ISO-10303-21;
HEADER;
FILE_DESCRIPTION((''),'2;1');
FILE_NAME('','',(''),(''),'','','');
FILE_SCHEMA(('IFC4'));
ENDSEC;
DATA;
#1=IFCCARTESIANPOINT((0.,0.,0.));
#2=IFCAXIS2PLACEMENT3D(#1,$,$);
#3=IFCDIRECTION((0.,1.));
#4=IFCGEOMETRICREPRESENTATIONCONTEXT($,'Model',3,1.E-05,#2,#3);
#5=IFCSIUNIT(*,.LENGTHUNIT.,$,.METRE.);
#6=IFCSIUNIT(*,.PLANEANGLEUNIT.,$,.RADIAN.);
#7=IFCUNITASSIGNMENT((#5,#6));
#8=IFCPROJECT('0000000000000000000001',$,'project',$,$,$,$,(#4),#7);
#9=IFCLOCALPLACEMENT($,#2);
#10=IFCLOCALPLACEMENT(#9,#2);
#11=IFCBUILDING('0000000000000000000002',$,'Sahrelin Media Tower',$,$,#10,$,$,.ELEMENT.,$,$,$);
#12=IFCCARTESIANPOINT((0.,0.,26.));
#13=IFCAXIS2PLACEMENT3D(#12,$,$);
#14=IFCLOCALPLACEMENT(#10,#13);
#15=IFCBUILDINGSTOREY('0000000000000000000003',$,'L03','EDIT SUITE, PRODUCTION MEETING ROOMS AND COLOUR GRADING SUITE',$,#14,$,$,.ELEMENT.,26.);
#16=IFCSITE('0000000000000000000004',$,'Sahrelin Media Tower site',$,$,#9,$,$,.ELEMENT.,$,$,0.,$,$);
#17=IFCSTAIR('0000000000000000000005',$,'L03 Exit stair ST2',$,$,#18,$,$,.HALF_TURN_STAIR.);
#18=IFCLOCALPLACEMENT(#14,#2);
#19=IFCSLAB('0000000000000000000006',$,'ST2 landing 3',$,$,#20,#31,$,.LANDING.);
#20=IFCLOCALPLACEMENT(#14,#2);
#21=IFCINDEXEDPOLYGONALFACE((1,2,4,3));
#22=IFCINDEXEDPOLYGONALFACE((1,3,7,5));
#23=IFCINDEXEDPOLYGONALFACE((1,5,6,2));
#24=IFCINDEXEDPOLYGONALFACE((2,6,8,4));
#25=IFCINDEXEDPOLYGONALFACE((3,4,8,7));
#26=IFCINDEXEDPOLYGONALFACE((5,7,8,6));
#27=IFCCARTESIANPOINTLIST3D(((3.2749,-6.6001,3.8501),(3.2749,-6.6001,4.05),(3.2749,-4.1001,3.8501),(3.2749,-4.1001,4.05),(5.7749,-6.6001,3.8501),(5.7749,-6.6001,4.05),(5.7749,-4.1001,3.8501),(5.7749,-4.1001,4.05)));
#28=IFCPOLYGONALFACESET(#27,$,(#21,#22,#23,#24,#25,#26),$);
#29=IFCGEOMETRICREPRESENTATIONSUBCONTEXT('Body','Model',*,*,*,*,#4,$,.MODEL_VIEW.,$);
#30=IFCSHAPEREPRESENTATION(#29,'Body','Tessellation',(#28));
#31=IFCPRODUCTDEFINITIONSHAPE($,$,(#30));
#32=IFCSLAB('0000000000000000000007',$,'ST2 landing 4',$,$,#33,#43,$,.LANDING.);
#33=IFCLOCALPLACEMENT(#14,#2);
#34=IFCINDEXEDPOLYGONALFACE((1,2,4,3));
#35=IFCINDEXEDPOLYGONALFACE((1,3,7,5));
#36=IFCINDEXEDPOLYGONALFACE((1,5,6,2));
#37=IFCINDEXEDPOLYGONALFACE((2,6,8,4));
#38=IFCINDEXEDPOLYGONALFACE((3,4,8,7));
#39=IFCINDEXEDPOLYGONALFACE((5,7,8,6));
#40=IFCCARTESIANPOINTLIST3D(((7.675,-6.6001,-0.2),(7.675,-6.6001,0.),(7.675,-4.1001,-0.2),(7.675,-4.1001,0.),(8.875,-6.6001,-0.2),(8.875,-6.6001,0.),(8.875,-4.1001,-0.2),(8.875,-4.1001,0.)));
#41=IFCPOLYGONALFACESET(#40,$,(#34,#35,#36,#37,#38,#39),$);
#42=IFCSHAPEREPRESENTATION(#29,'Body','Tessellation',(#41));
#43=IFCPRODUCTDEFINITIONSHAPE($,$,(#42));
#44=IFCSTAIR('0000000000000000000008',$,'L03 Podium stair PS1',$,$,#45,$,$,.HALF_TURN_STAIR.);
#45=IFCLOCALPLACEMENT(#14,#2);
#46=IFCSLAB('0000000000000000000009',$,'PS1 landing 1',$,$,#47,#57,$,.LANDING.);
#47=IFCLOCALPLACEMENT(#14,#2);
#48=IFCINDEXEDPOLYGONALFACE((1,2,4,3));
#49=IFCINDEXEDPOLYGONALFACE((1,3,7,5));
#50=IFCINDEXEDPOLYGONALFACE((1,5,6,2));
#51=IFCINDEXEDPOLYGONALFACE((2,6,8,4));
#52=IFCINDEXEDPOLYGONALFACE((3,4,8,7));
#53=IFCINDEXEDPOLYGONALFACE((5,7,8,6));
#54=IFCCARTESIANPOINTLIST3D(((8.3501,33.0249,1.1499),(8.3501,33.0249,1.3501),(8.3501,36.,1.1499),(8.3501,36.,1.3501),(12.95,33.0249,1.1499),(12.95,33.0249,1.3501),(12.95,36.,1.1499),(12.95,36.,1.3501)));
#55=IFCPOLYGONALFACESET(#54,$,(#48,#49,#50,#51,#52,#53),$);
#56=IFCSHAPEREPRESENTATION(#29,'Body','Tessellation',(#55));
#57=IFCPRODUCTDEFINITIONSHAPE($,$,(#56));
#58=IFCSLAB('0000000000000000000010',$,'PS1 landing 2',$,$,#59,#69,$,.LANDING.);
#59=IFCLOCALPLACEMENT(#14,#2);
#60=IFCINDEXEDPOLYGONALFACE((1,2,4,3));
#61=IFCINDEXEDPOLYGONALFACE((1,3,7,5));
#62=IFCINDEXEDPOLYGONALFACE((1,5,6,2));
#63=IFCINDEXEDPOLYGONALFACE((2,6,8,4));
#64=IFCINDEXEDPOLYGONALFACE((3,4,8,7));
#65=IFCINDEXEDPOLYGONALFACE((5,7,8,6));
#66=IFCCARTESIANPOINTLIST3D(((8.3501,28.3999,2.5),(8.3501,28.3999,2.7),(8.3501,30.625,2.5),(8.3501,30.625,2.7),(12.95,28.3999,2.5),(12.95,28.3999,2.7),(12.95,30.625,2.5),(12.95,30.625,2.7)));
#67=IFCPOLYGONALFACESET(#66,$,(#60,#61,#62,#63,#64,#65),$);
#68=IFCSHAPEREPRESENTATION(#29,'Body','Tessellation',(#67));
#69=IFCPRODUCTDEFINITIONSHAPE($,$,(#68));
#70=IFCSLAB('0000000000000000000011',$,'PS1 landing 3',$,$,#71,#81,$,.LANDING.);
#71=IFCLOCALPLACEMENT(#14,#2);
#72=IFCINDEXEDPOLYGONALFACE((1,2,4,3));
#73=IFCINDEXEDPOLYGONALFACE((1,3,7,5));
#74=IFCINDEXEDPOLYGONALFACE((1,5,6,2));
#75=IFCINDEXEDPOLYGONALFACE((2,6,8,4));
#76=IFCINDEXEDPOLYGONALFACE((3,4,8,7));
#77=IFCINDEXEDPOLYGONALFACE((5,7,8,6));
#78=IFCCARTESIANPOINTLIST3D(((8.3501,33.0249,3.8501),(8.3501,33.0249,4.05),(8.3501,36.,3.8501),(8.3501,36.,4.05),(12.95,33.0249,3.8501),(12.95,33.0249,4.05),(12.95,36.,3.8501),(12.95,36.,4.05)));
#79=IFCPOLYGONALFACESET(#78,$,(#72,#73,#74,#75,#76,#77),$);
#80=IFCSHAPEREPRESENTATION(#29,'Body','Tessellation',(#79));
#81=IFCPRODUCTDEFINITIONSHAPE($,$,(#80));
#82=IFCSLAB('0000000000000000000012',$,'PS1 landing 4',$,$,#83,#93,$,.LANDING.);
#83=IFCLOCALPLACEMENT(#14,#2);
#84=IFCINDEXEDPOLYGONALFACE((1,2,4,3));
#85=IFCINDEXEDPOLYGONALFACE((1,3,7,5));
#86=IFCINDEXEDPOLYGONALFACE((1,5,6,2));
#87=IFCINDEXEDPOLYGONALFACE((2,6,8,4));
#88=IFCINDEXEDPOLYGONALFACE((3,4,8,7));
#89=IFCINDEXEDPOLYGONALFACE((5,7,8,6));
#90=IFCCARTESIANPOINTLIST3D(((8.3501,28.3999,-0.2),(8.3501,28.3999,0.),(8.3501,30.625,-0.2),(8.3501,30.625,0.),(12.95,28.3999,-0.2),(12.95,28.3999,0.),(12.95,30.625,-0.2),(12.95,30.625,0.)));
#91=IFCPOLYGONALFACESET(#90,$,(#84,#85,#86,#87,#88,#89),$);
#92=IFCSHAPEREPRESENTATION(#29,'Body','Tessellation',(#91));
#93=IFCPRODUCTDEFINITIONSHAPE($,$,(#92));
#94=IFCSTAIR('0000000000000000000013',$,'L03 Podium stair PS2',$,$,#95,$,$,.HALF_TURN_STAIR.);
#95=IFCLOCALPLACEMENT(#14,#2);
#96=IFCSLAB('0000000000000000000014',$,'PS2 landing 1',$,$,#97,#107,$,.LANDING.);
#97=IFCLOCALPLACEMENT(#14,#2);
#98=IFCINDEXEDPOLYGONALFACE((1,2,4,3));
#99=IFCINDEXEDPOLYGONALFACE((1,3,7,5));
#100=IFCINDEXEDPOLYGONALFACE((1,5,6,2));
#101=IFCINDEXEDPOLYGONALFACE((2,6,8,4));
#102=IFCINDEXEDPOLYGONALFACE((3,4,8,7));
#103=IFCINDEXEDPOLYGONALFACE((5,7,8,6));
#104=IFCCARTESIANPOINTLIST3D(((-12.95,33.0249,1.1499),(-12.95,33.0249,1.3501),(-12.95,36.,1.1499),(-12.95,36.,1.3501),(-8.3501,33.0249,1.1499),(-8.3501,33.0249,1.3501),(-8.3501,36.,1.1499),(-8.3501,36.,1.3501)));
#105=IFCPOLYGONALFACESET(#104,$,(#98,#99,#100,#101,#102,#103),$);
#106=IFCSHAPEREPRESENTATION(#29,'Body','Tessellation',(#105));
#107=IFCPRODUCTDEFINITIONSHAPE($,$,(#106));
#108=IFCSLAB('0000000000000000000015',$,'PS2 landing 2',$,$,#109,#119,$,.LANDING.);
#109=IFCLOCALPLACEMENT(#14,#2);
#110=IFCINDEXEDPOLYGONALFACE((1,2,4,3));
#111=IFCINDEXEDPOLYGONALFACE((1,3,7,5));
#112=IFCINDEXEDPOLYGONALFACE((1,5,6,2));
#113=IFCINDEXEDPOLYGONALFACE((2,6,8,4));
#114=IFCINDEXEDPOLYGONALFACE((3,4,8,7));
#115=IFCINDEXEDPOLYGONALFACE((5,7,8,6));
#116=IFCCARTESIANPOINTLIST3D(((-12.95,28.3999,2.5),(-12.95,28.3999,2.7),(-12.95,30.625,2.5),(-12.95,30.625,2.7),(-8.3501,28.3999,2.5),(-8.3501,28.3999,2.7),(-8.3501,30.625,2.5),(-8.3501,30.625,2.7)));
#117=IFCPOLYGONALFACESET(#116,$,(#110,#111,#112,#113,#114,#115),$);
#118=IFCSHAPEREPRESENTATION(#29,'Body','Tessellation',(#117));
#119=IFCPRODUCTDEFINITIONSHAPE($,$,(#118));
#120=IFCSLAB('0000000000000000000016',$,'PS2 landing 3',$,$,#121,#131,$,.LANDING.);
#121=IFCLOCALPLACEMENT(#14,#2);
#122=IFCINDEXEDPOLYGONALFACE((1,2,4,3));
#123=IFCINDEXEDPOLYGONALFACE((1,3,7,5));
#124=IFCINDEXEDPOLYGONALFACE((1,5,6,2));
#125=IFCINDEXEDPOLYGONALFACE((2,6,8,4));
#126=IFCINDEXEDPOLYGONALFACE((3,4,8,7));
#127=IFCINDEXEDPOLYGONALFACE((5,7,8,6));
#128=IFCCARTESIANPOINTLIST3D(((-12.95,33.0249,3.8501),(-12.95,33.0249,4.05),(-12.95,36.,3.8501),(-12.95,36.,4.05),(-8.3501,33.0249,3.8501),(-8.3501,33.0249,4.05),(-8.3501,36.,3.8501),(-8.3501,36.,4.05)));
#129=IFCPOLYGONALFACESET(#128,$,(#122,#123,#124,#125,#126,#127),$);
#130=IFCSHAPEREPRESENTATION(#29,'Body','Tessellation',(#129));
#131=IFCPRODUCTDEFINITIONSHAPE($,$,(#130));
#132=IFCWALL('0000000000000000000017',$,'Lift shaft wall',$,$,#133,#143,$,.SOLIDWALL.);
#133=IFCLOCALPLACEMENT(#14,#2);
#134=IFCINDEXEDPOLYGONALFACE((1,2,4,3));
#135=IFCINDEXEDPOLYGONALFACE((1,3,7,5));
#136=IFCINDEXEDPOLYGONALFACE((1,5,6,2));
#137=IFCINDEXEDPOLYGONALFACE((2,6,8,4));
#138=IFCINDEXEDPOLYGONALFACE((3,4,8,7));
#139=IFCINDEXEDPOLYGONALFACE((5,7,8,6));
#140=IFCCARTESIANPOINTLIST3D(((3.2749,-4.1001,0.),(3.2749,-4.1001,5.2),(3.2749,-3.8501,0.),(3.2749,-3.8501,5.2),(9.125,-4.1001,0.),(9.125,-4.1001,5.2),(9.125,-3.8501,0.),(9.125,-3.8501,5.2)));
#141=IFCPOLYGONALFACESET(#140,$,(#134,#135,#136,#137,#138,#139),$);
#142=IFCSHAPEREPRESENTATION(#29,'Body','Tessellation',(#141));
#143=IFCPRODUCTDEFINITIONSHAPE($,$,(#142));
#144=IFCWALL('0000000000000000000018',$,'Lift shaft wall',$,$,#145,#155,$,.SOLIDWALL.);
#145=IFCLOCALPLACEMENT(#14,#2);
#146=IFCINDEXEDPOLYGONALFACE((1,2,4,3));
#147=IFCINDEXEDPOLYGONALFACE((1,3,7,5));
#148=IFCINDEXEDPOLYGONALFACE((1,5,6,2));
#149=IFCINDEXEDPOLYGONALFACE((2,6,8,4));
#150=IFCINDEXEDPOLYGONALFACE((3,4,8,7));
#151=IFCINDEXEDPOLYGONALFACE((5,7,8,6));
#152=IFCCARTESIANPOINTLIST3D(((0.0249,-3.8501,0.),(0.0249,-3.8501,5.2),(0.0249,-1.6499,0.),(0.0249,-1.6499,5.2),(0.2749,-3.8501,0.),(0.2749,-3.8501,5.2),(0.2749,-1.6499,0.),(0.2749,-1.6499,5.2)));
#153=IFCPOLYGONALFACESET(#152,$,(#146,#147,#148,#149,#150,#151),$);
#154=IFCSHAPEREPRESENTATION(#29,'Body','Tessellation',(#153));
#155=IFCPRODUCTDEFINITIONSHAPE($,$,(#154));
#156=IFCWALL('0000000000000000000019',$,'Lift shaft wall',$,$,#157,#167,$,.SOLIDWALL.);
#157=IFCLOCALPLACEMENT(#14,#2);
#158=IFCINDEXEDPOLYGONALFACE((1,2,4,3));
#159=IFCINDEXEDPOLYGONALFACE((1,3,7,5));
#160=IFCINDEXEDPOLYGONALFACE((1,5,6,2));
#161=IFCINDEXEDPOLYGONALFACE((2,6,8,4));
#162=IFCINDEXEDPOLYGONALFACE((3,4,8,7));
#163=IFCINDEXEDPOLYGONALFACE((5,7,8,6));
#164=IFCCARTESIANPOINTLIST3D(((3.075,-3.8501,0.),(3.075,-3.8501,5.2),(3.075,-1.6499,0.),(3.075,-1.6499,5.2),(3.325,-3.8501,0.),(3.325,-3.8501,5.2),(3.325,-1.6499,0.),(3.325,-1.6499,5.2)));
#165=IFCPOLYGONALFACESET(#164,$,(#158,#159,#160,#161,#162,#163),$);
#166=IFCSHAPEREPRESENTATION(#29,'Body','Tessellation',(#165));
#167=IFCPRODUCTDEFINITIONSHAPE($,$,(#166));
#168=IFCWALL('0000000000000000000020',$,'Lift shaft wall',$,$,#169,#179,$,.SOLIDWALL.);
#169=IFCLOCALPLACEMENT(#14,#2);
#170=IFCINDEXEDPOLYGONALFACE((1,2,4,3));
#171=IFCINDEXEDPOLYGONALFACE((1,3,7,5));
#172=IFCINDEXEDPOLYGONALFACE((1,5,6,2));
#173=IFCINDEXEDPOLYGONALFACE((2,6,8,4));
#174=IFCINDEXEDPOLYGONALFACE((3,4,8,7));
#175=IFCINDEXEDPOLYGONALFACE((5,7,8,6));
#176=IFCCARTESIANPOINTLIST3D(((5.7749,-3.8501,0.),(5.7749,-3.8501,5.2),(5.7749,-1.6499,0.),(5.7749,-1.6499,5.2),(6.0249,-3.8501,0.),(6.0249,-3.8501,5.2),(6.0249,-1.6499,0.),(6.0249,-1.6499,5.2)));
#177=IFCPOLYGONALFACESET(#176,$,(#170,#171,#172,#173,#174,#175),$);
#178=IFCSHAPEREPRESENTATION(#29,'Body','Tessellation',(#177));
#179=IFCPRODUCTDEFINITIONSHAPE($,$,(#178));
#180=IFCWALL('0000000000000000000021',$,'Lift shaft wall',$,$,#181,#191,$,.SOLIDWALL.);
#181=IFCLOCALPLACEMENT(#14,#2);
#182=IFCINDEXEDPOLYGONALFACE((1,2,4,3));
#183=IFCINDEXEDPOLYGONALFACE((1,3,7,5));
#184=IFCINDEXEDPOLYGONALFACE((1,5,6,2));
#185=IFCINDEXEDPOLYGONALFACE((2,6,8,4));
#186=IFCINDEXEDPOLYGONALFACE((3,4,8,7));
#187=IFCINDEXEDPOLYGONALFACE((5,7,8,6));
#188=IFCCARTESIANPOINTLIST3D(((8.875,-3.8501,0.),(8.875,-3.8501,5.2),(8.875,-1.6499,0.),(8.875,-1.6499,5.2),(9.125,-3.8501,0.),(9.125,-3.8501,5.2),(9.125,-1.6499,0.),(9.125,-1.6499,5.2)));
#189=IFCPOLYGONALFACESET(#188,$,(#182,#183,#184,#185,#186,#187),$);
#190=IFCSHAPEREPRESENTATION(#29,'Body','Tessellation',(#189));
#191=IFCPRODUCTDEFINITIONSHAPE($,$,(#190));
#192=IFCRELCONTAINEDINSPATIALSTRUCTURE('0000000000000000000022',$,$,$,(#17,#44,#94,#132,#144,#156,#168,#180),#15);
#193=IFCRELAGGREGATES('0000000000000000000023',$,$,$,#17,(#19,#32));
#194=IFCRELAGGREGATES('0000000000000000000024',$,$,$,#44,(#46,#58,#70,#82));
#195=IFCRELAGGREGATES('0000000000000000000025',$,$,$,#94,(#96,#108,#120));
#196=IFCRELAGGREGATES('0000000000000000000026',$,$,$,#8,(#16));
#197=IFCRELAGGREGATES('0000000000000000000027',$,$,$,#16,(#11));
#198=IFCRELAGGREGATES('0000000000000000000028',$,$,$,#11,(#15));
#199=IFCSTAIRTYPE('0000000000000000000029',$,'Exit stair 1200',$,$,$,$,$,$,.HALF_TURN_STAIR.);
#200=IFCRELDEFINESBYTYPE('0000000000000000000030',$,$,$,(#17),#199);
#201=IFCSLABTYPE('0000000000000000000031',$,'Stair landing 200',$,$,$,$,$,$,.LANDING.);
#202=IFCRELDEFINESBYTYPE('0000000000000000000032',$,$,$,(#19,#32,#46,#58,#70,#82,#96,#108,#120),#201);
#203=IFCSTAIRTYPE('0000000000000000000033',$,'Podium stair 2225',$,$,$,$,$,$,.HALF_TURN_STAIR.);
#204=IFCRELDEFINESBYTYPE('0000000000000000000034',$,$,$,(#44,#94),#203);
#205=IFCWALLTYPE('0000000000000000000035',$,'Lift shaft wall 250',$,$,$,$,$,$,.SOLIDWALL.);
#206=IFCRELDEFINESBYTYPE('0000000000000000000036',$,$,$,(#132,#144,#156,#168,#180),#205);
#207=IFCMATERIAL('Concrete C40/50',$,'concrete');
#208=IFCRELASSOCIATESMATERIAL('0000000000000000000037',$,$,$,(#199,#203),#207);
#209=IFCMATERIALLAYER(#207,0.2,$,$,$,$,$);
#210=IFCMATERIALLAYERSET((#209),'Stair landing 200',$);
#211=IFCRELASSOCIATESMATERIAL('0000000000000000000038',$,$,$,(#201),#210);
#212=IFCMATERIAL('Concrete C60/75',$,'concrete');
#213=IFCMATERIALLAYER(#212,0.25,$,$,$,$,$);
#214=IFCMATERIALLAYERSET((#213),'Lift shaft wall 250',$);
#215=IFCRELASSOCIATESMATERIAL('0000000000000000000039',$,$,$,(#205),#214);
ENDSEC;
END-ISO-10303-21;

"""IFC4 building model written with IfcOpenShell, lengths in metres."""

from ifc_helpers import new_model, si_unit, direction, frame, frame_2d, origin, place, context, subcontext, project, spatial, polyline, rectangle, outline, extrude, material, layer, layer_set, type_object, element, aggregate, save


model = new_model("IFC4")

# Units and contexts
model_context = context("Model", 3, precision=1e-05, world=origin(), true_north=direction((0.0, 1.0)))
body_context = subcontext(model_context, "Body", "Model", "MODEL_VIEW")
ifc_project = project(units=[si_unit("LENGTHUNIT", "METRE"), si_unit("PLANEANGLEUNIT", "RADIAN")], contexts=[model_context])

# Site, building, storey
site_placement = place(None, origin())
site = spatial("IfcSite", under=ifc_project, at=site_placement, Name="Sahrelin Media Tower site", CompositionType="ELEMENT", RefElevation=0.0)
building_placement = place(site_placement, origin())
building = spatial("IfcBuilding", under=site, at=building_placement, Name="Sahrelin Media Tower", CompositionType="ELEMENT")
storey_placement = place(building_placement, frame((0.0, 0.0, 26.0)))
storey = spatial("IfcBuildingStorey", under=building, at=storey_placement, Name="L03", Description="EDIT SUITE, PRODUCTION MEETING ROOMS AND COLOUR GRADING SUITE", CompositionType="ELEMENT", Elevation=26.0)

# Shared definitions
ifc_material_1 = material(Name="Concrete C40/50", Category="concrete")
stair_type_1 = type_object("IfcStairType", Name="Exit stair 1200", PredefinedType="HALF_TURN_STAIR", material=ifc_material_1)
placement_1 = place(storey_placement, origin())
ifc_layer_1 = layer(ifc_material_1, 0.2)
ifc_layer_set_1 = layer_set([ifc_layer_1], Name="Stair landing 200")
slab_type = type_object("IfcSlabType", Name="Stair landing 200", PredefinedType="LANDING", material=ifc_layer_set_1)
placement_2 = place(storey_placement, frame((0.0, 0.0, -0.2)))

# Stairs, slabs
stair_1 = element("IfcStair", 1, at=placement_1, inside=storey, type_object=stair_type_1, Name="L03 Exit stair ST2", PredefinedType="HALF_TURN_STAIR")
placement_3 = place(storey_placement, frame((0.0, 0.0, 1.1499)))
placement_4 = place(storey_placement, frame((0.0, 0.0, 2.5)))
placement_5 = place(storey_placement, frame((0.0, 0.0, 3.8501)))
slab_1 = element("IfcSlab", 2, at=placement_5, type_object=slab_type, Name="ST2 landing 3", PredefinedType="LANDING", context=body_context, shape_type="SweptSolid", body=[
    extrude(outline(polyline([(5.7749, -4.1001), (3.2749, -4.1001), (3.2749, -6.6001), (5.7749, -6.6001), (5.7749, -4.1001)])), origin(), (0.0, 0.0, 1.0), 0.2),
])
slab_2 = element("IfcSlab", 3, at=placement_2, type_object=slab_type, Name="ST2 landing 4", PredefinedType="LANDING", context=body_context, shape_type="SweptSolid", body=[
    extrude(outline(polyline([(8.875, -4.1001), (7.675, -4.1001), (7.675, -6.6001), (8.875, -6.6001), (8.875, -4.1001)])), origin(), (0.0, 0.0, 1.0), 0.2),
])
aggregate(stair_1, [slab_1, slab_2])
stair_type_2 = type_object("IfcStairType", Name="Podium stair 2225", PredefinedType="HALF_TURN_STAIR", material=ifc_material_1)
stair_2 = element("IfcStair", 4, at=placement_1, inside=storey, type_object=stair_type_2, Name="L03 Podium stair PS1", PredefinedType="HALF_TURN_STAIR")
slab_3 = element("IfcSlab", 5, at=placement_3, type_object=slab_type, Name="PS1 landing 1", PredefinedType="LANDING", context=body_context, shape_type="SweptSolid", body=[
    extrude(outline(polyline([(12.95, 33.0249), (12.95, 36.0), (8.3501, 36.0), (8.3501, 33.0249), (12.95, 33.0249)])), origin(), (0.0, 0.0, 1.0), 0.2002),
])
slab_4 = element("IfcSlab", 6, at=placement_4, type_object=slab_type, Name="PS1 landing 2", PredefinedType="LANDING", context=body_context, shape_type="SweptSolid", body=[
    extrude(outline(polyline([(12.95, 28.3999), (12.95, 30.625), (8.3501, 30.625), (8.3501, 28.3999), (12.95, 28.3999)])), origin(), (0.0, 0.0, 1.0), 0.2),
])
slab_5 = element("IfcSlab", 7, at=placement_5, type_object=slab_type, Name="PS1 landing 3", PredefinedType="LANDING", context=body_context, shape_type="SweptSolid", body=[
    extrude(outline(polyline([(12.95, 33.0249), (12.95, 36.0), (8.3501, 36.0), (8.3501, 33.0249), (12.95, 33.0249)])), origin(), (0.0, 0.0, 1.0), 0.2),
])
slab_6 = element("IfcSlab", 8, at=placement_2, type_object=slab_type, Name="PS1 landing 4", PredefinedType="LANDING", context=body_context, shape_type="SweptSolid", body=[
    extrude(outline(polyline([(12.95, 28.3999), (12.95, 30.625), (8.3501, 30.625), (8.3501, 28.3999), (12.95, 28.3999)])), origin(), (0.0, 0.0, 1.0), 0.2),
])
aggregate(stair_2, [slab_3, slab_4, slab_5, slab_6])
stair_3 = element("IfcStair", 9, at=placement_1, inside=storey, type_object=stair_type_2, Name="L03 Podium stair PS2", PredefinedType="HALF_TURN_STAIR")
slab_7 = element("IfcSlab", 10, at=placement_3, type_object=slab_type, Name="PS2 landing 1", PredefinedType="LANDING", context=body_context, shape_type="SweptSolid", body=[
    extrude(outline(polyline([(-8.3501, 33.0249), (-8.3501, 36.0), (-12.95, 36.0), (-12.95, 33.0249), (-8.3501, 33.0249)])), origin(), (0.0, 0.0, 1.0), 0.2002),
])
slab_8 = element("IfcSlab", 11, at=placement_4, type_object=slab_type, Name="PS2 landing 2", PredefinedType="LANDING", context=body_context, shape_type="SweptSolid", body=[
    extrude(outline(polyline([(-8.3501, 28.3999), (-8.3501, 30.625), (-12.95, 30.625), (-12.95, 28.3999), (-8.3501, 28.3999)])), origin(), (0.0, 0.0, 1.0), 0.2),
])
slab_9 = element("IfcSlab", 12, at=placement_5, type_object=slab_type, Name="PS2 landing 3", PredefinedType="LANDING", context=body_context, shape_type="SweptSolid", body=[
    extrude(outline(polyline([(-8.3501, 33.0249), (-8.3501, 36.0), (-12.95, 36.0), (-12.95, 33.0249), (-8.3501, 33.0249)])), origin(), (0.0, 0.0, 1.0), 0.2),
])
aggregate(stair_3, [slab_7, slab_8, slab_9])

# Walls
ifc_material_2 = material(Name="Concrete C60/75", Category="concrete")
ifc_layer_2 = layer(ifc_material_2, 0.25)
ifc_layer_set_2 = layer_set([ifc_layer_2], Name="Lift shaft wall 250")
wall_type = type_object("IfcWallType", Name="Lift shaft wall 250", PredefinedType="SOLIDWALL", material=ifc_layer_set_2)
wall_placement = place(storey_placement, frame((3.2749, -3.9751, 0.0), z_axis=(0.0, 0.0, 1.0), x_axis=(1.0, 0.0, 0.0)))
element("IfcWall", 13, at=wall_placement, inside=storey, type_object=wall_type, Name="Lift shaft wall", PredefinedType="SOLIDWALL", context=body_context, shape_type="SweptSolid", body=[
    extrude(rectangle(XDim=5.8501, YDim=0.25, at=frame_2d((2.925, 0.0))), origin(), (0.0, 0.0, 1.0), 5.2),
])
for number, where, z_axis, x_axis, name in (
    (14, (0.1499, -3.8501, 0.0), (0.0, 0.0, 1.0), (0.0, 1.0, 0.0), "Lift shaft wall"),
    (15, (3.2, -3.8501, 0.0), (0.0, 0.0, 1.0), (0.0, 1.0, 0.0), "Lift shaft wall"),
    (16, (5.8999, -3.8501, 0.0), (0.0, 0.0, 1.0), (0.0, 1.0, 0.0), "Lift shaft wall"),
    (17, (9.0, -3.8501, 0.0), (0.0, 0.0, 1.0), (0.0, 1.0, 0.0), "Lift shaft wall"),
):
    element("IfcWall", number, at=place(storey_placement, frame(where, z_axis=z_axis, x_axis=x_axis)), inside=storey, type_object=wall_type, Name=name, PredefinedType="SOLIDWALL", context=body_context, shape_type="SweptSolid", body=[
        extrude(rectangle(XDim=2.2002, YDim=0.25, at=frame_2d((1.1001, 0.0))), origin(), (0.0, 0.0, 1.0), 5.2),
    ])

save(model, "model.ifc")
